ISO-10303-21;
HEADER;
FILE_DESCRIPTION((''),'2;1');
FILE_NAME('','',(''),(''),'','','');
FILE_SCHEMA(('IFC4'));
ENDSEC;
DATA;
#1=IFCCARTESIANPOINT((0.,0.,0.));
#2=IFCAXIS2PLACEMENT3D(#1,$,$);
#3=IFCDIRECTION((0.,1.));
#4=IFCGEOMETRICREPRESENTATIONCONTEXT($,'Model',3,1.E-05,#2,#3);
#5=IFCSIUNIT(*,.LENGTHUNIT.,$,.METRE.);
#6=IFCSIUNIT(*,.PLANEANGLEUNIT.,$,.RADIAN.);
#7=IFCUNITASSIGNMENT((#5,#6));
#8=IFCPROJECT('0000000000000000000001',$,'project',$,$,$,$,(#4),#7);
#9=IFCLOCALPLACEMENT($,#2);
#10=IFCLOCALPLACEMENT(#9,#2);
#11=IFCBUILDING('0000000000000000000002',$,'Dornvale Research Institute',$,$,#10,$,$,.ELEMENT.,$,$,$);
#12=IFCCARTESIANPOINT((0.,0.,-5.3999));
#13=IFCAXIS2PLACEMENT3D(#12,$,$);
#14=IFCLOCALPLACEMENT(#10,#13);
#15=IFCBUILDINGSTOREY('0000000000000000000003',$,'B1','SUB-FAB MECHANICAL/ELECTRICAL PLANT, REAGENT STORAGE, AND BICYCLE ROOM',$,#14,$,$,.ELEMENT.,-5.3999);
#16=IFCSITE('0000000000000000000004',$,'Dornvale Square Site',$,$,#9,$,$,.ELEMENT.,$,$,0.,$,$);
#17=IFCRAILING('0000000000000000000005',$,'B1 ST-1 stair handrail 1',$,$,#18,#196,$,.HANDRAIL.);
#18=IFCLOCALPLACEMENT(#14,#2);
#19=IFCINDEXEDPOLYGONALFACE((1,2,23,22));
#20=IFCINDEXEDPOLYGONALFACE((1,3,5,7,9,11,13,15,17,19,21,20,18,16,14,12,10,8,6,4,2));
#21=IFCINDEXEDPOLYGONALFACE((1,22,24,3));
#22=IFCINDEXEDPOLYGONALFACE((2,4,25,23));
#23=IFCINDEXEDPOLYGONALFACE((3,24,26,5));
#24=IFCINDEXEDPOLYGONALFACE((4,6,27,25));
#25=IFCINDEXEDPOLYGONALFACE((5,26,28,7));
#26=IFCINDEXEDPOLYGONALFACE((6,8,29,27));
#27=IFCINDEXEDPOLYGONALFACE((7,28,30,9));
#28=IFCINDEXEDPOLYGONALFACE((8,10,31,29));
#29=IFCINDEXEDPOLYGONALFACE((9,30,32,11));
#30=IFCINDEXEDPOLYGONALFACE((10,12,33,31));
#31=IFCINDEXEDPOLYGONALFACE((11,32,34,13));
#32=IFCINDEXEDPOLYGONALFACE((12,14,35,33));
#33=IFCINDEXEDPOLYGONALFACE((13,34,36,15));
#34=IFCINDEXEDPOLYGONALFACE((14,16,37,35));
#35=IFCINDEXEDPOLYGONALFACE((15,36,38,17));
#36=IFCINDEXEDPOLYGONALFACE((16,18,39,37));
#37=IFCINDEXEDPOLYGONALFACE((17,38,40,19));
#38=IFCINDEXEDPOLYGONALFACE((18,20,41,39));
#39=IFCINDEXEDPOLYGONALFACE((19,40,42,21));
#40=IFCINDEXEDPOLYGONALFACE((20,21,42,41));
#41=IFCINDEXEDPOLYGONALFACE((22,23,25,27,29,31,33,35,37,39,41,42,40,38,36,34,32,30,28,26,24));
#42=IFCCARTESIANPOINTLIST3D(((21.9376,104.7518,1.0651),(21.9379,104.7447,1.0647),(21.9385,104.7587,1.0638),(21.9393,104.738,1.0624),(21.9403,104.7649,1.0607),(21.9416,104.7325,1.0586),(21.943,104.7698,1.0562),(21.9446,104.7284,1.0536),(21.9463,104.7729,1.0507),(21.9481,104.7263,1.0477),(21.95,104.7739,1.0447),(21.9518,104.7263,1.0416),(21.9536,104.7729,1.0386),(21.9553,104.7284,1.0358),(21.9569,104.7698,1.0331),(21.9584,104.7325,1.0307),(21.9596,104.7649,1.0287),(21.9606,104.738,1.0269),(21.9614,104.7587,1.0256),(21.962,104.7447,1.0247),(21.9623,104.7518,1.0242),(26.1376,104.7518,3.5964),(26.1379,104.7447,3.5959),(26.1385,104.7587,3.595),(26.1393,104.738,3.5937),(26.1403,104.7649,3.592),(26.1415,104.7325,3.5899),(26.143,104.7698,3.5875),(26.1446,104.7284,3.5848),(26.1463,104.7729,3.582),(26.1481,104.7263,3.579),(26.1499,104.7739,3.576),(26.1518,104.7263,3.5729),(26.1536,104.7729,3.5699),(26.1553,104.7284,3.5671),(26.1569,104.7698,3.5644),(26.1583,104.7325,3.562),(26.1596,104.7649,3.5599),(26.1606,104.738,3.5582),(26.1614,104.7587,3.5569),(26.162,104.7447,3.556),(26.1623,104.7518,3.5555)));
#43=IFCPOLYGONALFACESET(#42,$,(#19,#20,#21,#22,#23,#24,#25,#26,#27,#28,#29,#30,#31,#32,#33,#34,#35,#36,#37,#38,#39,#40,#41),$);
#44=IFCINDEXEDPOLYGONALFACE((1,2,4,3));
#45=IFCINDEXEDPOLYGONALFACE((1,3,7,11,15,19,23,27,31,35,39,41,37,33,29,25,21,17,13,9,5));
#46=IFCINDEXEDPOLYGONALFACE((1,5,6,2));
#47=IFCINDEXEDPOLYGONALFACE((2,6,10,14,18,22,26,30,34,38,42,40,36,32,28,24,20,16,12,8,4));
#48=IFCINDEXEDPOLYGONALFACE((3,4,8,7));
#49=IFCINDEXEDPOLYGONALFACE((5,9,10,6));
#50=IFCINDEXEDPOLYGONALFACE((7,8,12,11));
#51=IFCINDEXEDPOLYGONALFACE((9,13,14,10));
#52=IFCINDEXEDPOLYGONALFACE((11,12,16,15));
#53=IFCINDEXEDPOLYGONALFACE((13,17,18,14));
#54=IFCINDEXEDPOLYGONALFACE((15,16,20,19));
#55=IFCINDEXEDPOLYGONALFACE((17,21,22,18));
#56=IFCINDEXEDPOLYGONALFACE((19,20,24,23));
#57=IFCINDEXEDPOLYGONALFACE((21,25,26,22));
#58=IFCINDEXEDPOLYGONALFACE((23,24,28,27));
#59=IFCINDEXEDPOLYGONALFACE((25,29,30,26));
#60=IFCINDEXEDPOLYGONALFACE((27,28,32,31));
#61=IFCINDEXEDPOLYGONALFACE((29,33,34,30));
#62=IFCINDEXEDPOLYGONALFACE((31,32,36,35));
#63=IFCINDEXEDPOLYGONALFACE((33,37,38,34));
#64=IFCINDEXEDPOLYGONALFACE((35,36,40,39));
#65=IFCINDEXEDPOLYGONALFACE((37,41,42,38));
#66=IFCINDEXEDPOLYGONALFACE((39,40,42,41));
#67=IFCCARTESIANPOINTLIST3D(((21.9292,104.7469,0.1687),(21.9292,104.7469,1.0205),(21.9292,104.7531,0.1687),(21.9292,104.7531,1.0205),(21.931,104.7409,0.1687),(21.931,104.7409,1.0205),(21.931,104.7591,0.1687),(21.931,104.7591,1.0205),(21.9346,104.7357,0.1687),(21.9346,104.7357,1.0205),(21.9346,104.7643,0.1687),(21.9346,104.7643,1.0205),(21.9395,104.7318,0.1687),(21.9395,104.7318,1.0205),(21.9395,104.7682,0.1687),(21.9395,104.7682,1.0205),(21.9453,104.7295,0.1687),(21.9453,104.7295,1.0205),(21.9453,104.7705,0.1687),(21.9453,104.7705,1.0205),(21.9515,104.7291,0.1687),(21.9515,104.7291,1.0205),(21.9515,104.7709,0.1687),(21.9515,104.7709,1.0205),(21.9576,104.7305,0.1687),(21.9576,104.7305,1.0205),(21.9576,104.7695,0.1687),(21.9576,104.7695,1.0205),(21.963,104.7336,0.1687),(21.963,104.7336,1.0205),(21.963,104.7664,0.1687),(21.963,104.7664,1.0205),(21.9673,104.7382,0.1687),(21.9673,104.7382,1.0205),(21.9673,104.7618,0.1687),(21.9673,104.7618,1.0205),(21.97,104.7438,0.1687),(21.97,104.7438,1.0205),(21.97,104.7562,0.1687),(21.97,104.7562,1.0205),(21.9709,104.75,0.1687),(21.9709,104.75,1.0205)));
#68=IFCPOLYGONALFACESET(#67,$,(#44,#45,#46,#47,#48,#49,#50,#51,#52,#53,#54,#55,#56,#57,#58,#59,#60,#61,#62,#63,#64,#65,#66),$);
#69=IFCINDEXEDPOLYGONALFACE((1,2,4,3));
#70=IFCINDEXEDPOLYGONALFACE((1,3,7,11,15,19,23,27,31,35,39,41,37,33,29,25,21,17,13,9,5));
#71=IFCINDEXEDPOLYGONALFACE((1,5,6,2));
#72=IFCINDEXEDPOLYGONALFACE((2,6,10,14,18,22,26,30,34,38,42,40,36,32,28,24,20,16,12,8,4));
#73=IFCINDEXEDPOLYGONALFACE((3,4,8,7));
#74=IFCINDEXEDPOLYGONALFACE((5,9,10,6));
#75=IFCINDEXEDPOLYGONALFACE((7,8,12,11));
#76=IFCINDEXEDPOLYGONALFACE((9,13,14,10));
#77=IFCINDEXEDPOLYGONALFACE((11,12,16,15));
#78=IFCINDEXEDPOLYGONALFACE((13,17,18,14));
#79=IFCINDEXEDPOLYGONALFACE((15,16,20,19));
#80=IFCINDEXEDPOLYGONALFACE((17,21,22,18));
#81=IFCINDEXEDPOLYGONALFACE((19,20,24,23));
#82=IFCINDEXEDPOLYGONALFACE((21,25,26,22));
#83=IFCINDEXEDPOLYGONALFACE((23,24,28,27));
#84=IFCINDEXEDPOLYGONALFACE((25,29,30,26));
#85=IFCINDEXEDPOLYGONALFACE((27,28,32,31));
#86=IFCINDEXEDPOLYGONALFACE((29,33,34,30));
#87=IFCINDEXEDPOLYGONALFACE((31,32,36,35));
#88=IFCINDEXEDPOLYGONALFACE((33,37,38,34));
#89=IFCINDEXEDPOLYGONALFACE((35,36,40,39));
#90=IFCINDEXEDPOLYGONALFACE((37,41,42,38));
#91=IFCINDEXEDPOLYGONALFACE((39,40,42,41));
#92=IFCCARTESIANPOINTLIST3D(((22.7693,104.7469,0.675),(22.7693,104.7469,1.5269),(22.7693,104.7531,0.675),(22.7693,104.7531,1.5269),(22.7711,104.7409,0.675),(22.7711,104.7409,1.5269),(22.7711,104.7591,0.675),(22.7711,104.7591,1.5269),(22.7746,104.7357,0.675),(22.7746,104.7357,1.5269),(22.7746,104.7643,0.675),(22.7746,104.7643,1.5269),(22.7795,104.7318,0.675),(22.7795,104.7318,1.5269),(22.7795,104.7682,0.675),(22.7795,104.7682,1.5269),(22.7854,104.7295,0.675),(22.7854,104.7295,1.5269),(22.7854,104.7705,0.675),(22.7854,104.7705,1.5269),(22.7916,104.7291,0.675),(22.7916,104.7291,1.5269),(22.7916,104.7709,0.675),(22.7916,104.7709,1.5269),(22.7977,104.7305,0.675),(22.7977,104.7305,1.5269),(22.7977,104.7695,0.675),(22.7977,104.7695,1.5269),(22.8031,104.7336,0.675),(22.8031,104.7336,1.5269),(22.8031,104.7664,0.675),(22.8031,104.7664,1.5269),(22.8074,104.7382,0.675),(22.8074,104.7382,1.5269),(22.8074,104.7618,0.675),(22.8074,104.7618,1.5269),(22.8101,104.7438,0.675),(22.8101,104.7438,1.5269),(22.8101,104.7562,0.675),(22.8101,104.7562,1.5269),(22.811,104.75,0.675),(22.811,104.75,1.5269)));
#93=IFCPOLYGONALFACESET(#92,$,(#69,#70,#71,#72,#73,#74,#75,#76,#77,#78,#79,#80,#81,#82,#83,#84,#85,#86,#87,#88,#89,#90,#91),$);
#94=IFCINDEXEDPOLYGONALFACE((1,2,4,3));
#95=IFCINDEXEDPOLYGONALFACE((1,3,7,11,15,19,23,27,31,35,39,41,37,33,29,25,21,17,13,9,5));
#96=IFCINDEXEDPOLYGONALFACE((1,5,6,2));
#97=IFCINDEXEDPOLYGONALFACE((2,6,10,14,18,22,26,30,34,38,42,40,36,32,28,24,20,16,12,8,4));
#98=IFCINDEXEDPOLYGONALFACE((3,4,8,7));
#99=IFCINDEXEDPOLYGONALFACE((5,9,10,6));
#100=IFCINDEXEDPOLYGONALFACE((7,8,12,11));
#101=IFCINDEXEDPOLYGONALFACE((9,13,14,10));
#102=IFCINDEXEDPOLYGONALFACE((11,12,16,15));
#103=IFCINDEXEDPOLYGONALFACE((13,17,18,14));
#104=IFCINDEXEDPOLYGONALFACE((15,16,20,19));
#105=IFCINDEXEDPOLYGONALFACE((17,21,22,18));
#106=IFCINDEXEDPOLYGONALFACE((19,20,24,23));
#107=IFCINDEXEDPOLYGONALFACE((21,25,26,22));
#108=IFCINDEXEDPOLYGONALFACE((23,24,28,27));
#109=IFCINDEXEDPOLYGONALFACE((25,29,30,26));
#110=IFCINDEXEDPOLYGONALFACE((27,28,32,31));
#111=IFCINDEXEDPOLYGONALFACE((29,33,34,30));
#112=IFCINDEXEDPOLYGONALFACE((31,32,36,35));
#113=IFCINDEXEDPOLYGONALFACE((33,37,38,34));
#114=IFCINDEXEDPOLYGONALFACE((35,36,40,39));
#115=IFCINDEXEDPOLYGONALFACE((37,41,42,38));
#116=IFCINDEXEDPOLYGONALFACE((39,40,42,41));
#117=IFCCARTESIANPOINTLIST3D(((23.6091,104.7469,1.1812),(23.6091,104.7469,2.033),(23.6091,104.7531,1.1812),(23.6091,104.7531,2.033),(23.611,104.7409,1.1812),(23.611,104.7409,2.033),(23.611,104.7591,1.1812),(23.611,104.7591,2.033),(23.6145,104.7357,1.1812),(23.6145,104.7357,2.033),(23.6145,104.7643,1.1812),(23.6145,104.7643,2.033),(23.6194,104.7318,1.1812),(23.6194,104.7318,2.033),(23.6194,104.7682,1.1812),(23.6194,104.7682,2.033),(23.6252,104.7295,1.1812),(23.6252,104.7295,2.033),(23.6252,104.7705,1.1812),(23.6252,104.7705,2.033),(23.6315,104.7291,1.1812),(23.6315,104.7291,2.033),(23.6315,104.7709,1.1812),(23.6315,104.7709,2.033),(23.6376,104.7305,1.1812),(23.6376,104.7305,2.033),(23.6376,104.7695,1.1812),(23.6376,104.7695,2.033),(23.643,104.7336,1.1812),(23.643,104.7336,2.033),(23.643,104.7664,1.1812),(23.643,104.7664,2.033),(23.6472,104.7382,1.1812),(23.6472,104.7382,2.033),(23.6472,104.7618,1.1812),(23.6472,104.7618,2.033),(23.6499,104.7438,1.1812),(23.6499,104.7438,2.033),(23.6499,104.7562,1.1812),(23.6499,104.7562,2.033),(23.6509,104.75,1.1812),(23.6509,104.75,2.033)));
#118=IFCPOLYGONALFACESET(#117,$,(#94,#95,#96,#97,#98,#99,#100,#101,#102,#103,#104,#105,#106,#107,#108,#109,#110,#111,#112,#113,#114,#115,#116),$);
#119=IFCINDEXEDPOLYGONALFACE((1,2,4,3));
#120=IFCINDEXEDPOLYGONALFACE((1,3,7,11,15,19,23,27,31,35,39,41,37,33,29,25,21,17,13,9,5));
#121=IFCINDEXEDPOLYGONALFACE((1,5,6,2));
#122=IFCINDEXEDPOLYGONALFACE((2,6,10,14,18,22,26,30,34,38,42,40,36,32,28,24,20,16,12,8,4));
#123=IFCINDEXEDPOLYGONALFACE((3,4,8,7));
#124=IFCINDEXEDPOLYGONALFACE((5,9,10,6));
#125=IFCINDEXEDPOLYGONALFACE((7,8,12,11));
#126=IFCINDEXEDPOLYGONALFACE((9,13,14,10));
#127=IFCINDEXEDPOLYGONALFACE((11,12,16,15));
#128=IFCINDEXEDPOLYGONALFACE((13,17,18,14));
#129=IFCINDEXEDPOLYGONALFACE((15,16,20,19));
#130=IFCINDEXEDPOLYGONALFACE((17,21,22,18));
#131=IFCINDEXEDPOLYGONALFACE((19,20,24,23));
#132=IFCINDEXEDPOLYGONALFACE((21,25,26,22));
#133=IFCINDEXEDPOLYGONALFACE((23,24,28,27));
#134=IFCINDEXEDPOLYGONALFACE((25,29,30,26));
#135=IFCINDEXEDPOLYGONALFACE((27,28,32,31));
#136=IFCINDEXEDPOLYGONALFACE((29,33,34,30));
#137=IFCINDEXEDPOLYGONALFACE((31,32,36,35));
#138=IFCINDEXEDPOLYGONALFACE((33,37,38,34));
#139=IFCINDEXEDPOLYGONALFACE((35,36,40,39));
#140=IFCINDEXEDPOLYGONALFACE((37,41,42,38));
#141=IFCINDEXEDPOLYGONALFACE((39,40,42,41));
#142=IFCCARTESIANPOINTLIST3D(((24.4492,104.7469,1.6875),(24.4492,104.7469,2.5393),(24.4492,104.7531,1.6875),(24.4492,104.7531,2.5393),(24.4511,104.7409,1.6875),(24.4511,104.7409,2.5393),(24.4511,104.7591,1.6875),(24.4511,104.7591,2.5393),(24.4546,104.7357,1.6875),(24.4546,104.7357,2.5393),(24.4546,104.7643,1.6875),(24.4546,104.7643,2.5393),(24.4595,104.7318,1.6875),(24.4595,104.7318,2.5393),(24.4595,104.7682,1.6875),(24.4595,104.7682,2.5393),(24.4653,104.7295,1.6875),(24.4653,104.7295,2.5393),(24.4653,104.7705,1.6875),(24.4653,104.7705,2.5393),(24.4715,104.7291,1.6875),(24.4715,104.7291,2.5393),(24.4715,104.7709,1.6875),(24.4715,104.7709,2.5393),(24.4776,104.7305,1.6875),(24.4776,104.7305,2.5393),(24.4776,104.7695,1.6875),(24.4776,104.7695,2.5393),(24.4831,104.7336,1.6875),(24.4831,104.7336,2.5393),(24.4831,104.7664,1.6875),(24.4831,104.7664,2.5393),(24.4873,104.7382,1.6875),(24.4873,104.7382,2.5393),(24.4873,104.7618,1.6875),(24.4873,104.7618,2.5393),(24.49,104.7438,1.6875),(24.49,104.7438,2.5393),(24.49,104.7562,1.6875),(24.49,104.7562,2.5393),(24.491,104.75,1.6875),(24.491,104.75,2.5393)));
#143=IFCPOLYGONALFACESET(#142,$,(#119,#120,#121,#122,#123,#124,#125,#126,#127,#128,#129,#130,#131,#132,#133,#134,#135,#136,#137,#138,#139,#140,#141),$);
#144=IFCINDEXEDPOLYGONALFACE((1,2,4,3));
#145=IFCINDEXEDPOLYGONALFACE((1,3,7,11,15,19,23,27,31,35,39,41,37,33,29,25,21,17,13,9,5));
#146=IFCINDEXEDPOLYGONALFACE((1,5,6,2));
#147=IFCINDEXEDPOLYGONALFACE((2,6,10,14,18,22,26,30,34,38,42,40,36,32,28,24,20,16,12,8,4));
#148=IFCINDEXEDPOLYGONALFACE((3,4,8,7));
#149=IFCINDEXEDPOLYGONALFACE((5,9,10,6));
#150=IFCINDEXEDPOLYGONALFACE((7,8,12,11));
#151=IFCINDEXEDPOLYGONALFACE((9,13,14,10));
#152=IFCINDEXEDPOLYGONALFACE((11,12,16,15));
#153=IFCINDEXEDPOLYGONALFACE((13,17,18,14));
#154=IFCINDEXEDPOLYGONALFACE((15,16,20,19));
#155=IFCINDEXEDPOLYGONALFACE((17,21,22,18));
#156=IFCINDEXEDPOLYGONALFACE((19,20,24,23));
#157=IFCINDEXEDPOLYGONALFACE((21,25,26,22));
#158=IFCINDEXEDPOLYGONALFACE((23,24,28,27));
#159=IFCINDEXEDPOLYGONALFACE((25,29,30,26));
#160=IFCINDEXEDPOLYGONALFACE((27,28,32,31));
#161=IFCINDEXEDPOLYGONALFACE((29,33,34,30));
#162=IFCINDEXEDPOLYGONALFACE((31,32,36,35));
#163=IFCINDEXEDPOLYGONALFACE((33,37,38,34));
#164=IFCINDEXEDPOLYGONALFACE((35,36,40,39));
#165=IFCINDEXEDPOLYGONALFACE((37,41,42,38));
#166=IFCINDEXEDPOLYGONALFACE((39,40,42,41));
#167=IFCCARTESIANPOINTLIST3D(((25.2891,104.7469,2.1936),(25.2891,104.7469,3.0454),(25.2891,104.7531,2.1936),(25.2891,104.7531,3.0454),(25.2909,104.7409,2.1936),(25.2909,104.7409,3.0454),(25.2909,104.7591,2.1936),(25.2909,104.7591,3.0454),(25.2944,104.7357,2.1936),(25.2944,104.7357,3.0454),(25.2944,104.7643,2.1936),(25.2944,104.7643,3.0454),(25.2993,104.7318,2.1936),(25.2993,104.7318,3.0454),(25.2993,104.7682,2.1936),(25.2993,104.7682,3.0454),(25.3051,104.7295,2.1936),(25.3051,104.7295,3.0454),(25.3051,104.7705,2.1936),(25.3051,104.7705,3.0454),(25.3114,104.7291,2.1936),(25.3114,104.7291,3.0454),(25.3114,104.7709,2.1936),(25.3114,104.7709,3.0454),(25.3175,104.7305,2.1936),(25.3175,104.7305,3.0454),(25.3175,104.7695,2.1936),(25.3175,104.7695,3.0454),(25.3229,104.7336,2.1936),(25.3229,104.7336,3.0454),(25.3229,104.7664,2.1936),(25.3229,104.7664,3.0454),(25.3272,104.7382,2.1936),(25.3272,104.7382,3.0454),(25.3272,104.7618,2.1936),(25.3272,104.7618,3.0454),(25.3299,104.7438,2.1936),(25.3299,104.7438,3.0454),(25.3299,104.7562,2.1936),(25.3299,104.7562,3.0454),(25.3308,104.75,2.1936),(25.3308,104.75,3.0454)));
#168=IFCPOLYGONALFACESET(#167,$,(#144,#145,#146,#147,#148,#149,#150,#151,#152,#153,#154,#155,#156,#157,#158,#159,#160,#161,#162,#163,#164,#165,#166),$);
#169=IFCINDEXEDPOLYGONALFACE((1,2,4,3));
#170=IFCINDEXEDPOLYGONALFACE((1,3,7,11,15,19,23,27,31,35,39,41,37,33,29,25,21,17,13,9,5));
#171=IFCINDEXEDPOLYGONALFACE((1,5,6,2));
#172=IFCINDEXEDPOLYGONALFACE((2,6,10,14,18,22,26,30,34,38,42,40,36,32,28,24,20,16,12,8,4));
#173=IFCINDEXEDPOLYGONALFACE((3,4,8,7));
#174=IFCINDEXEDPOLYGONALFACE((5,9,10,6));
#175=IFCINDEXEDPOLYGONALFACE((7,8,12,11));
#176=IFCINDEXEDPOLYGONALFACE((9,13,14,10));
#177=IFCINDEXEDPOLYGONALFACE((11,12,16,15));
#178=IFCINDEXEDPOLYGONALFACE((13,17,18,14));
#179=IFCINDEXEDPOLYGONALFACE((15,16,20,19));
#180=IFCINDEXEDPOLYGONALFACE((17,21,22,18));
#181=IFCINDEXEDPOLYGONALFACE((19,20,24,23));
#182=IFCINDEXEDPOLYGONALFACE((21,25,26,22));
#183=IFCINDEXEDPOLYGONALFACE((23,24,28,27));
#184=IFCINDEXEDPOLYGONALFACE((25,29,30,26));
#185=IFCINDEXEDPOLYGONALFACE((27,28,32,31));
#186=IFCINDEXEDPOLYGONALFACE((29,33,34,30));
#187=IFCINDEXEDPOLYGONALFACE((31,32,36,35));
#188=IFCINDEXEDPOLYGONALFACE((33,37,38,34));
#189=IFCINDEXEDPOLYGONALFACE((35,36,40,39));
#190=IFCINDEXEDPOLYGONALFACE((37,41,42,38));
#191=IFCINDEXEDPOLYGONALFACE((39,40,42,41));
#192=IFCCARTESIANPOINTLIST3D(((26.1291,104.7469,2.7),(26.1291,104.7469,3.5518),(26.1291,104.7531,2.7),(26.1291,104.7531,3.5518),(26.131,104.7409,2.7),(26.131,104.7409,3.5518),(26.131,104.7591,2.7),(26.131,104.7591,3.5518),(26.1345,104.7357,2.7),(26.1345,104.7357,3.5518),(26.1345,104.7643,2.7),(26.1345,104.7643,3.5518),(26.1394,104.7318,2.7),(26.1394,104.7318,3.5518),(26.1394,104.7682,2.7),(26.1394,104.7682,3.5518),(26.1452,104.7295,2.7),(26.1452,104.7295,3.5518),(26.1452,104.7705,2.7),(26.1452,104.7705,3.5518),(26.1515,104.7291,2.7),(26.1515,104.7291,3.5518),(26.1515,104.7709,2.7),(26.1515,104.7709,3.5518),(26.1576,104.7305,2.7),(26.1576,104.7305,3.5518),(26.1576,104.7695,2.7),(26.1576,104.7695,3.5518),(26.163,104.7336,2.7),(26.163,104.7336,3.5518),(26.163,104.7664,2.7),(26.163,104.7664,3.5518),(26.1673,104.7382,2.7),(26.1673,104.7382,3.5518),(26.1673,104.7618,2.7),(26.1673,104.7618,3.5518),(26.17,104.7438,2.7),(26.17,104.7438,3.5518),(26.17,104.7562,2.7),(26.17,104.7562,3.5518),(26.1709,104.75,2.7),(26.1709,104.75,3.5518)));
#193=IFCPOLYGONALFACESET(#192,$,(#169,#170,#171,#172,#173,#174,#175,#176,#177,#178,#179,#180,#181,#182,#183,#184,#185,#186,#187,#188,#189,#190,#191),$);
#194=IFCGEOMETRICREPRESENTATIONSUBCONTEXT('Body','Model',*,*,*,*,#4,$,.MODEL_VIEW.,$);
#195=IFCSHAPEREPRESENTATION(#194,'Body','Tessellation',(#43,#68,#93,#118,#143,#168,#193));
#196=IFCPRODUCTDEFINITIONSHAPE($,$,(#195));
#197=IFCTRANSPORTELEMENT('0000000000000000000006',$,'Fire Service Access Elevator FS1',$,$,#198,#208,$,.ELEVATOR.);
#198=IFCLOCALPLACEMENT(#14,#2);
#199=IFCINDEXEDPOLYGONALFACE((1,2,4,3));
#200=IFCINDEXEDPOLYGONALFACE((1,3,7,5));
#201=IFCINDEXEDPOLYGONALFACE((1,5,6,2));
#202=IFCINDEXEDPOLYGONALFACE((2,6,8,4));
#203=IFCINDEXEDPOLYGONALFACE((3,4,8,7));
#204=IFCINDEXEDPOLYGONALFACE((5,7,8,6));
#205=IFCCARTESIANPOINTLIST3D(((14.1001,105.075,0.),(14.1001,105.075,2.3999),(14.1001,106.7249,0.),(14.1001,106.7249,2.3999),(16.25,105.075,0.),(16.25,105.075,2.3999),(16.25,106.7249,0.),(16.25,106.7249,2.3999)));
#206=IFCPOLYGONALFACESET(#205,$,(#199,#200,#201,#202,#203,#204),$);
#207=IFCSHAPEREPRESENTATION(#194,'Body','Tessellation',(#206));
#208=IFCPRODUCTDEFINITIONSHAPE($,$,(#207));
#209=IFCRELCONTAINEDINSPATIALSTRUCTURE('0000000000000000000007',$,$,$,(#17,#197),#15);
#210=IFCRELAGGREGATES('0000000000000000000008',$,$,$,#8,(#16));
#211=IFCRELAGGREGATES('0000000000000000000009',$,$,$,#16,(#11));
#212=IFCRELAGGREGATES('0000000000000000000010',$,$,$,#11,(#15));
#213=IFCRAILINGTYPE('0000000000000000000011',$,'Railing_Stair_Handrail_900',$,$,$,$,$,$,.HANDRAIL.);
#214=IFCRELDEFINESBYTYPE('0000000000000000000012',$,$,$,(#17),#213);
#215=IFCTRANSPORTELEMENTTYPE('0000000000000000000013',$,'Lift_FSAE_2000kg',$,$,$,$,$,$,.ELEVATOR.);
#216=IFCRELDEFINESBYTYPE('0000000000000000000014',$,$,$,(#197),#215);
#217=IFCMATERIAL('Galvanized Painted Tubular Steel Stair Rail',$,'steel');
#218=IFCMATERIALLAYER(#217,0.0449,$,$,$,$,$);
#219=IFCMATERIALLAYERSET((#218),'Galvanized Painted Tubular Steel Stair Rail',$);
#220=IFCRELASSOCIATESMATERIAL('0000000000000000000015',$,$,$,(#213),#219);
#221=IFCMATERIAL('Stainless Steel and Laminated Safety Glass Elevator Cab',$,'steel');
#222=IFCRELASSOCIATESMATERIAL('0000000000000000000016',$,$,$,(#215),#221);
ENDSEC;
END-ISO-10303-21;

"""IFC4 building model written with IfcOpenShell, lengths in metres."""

from ifc_helpers import new_model, si_unit, direction, frame, origin, origin_2d, place, context, subcontext, project, spatial, rectangle, circle, extrude, material, layer, layer_set, type_object, element, save


model = new_model("IFC4")

# Units and contexts
model_context = context("Model", 3, precision=1e-05, world=origin(), true_north=direction((0.0, 1.0)))
body_context = subcontext(model_context, "Body", "Model", "MODEL_VIEW")
ifc_project = project(units=[si_unit("LENGTHUNIT", "METRE"), si_unit("PLANEANGLEUNIT", "RADIAN")], contexts=[model_context])

# Site, building, storey
site_placement = place(None, origin())
site = spatial("IfcSite", under=ifc_project, at=site_placement, Name="Dornvale Square Site", CompositionType="ELEMENT", RefElevation=0.0)
building_placement = place(site_placement, origin())
building = spatial("IfcBuilding", under=site, at=building_placement, Name="Dornvale Research Institute", CompositionType="ELEMENT")
storey_placement = place(building_placement, frame((0.0, 0.0, -5.3999)))
storey = spatial("IfcBuildingStorey", under=building, at=storey_placement, Name="B1", Description="SUB-FAB MECHANICAL/ELECTRICAL PLANT, REAGENT STORAGE, AND BICYCLE ROOM", CompositionType="ELEMENT", Elevation=-5.3999)

# Railing
ifc_material_1 = material(Name="Galvanized Painted Tubular Steel Stair Rail", Category="steel")
ifc_layer_1 = layer(ifc_material_1, 0.0449)
ifc_layer_set_1 = layer_set([ifc_layer_1], Name="Galvanized Painted Tubular Steel Stair Rail")
railing_type_1 = type_object("IfcRailingType", Name="Railing_Stair_Handrail_900", PredefinedType="HANDRAIL", material=ifc_layer_set_1)
railing_1_placement = place(storey_placement, frame((21.95, 104.75, 0.1687)))
element("IfcRailing", 1, at=railing_1_placement, inside=storey, type_object=railing_type_1, Name="B1 ST-1 stair handrail 1", PredefinedType="HANDRAIL", context=body_context, shape_type="SweptSolid", body=[
    extrude(circle(Radius=0.0239, at=origin_2d()), frame((0.0, 0.0, 0.876), z_axis=(0.856476, 0.0, 0.516186), x_axis=(0.0, 1.0, 0.0)), (0.0, 0.0, 1.0), 4.9038),
    extrude(circle(Radius=0.021, at=origin_2d()), origin(), (0.0, 0.0, 1.0), 0.8518),
    extrude(circle(Radius=0.021, at=origin_2d()), frame((0.8401, 0.0, 0.5063)), (0.0, 0.0, 1.0), 0.8518),
    extrude(circle(Radius=0.021, at=origin_2d()), frame((1.6799, 0.0, 1.0125)), (0.0, 0.0, 1.0), 0.8518),
    extrude(circle(Radius=0.021, at=origin_2d()), frame((2.52, 0.0, 1.5188)), (0.0, 0.0, 1.0), 0.8518),
    extrude(circle(Radius=0.021, at=origin_2d()), frame((3.3599, 0.0, 2.0249)), (0.0, 0.0, 1.0), 0.8518),
    extrude(circle(Radius=0.021, at=origin_2d()), frame((4.2, 0.0, 2.5312)), (0.0, 0.0, 1.0), 0.8518),
])

# Transport element
ifc_material_2 = material(Name="Stainless Steel and Laminated Safety Glass Elevator Cab", Category="steel")
transport_element_type = type_object("IfcTransportElementType", Name="Lift_FSAE_2000kg", PredefinedType="ELEVATOR", material=ifc_material_2)
for number, where, z_axis, x_axis, name in (
    (2, (15.175, 105.8999, 0.0), (0.0, 0.0, 1.0), (1.0, 0.0, 0.0), "Fire Service Access Elevator FS1"),
):
    element("IfcTransportElement", number, at=place(storey_placement, frame(where, z_axis=z_axis, x_axis=x_axis)), inside=storey, type_object=transport_element_type, Name=name, PredefinedType="ELEVATOR", context=body_context, shape_type="SweptSolid", body=[
        extrude(rectangle(XDim=2.1499, YDim=1.6499, at=origin_2d()), origin(), (0.0, 0.0, 1.0), 2.3999),
    ])

save(model, "model.ifc")
